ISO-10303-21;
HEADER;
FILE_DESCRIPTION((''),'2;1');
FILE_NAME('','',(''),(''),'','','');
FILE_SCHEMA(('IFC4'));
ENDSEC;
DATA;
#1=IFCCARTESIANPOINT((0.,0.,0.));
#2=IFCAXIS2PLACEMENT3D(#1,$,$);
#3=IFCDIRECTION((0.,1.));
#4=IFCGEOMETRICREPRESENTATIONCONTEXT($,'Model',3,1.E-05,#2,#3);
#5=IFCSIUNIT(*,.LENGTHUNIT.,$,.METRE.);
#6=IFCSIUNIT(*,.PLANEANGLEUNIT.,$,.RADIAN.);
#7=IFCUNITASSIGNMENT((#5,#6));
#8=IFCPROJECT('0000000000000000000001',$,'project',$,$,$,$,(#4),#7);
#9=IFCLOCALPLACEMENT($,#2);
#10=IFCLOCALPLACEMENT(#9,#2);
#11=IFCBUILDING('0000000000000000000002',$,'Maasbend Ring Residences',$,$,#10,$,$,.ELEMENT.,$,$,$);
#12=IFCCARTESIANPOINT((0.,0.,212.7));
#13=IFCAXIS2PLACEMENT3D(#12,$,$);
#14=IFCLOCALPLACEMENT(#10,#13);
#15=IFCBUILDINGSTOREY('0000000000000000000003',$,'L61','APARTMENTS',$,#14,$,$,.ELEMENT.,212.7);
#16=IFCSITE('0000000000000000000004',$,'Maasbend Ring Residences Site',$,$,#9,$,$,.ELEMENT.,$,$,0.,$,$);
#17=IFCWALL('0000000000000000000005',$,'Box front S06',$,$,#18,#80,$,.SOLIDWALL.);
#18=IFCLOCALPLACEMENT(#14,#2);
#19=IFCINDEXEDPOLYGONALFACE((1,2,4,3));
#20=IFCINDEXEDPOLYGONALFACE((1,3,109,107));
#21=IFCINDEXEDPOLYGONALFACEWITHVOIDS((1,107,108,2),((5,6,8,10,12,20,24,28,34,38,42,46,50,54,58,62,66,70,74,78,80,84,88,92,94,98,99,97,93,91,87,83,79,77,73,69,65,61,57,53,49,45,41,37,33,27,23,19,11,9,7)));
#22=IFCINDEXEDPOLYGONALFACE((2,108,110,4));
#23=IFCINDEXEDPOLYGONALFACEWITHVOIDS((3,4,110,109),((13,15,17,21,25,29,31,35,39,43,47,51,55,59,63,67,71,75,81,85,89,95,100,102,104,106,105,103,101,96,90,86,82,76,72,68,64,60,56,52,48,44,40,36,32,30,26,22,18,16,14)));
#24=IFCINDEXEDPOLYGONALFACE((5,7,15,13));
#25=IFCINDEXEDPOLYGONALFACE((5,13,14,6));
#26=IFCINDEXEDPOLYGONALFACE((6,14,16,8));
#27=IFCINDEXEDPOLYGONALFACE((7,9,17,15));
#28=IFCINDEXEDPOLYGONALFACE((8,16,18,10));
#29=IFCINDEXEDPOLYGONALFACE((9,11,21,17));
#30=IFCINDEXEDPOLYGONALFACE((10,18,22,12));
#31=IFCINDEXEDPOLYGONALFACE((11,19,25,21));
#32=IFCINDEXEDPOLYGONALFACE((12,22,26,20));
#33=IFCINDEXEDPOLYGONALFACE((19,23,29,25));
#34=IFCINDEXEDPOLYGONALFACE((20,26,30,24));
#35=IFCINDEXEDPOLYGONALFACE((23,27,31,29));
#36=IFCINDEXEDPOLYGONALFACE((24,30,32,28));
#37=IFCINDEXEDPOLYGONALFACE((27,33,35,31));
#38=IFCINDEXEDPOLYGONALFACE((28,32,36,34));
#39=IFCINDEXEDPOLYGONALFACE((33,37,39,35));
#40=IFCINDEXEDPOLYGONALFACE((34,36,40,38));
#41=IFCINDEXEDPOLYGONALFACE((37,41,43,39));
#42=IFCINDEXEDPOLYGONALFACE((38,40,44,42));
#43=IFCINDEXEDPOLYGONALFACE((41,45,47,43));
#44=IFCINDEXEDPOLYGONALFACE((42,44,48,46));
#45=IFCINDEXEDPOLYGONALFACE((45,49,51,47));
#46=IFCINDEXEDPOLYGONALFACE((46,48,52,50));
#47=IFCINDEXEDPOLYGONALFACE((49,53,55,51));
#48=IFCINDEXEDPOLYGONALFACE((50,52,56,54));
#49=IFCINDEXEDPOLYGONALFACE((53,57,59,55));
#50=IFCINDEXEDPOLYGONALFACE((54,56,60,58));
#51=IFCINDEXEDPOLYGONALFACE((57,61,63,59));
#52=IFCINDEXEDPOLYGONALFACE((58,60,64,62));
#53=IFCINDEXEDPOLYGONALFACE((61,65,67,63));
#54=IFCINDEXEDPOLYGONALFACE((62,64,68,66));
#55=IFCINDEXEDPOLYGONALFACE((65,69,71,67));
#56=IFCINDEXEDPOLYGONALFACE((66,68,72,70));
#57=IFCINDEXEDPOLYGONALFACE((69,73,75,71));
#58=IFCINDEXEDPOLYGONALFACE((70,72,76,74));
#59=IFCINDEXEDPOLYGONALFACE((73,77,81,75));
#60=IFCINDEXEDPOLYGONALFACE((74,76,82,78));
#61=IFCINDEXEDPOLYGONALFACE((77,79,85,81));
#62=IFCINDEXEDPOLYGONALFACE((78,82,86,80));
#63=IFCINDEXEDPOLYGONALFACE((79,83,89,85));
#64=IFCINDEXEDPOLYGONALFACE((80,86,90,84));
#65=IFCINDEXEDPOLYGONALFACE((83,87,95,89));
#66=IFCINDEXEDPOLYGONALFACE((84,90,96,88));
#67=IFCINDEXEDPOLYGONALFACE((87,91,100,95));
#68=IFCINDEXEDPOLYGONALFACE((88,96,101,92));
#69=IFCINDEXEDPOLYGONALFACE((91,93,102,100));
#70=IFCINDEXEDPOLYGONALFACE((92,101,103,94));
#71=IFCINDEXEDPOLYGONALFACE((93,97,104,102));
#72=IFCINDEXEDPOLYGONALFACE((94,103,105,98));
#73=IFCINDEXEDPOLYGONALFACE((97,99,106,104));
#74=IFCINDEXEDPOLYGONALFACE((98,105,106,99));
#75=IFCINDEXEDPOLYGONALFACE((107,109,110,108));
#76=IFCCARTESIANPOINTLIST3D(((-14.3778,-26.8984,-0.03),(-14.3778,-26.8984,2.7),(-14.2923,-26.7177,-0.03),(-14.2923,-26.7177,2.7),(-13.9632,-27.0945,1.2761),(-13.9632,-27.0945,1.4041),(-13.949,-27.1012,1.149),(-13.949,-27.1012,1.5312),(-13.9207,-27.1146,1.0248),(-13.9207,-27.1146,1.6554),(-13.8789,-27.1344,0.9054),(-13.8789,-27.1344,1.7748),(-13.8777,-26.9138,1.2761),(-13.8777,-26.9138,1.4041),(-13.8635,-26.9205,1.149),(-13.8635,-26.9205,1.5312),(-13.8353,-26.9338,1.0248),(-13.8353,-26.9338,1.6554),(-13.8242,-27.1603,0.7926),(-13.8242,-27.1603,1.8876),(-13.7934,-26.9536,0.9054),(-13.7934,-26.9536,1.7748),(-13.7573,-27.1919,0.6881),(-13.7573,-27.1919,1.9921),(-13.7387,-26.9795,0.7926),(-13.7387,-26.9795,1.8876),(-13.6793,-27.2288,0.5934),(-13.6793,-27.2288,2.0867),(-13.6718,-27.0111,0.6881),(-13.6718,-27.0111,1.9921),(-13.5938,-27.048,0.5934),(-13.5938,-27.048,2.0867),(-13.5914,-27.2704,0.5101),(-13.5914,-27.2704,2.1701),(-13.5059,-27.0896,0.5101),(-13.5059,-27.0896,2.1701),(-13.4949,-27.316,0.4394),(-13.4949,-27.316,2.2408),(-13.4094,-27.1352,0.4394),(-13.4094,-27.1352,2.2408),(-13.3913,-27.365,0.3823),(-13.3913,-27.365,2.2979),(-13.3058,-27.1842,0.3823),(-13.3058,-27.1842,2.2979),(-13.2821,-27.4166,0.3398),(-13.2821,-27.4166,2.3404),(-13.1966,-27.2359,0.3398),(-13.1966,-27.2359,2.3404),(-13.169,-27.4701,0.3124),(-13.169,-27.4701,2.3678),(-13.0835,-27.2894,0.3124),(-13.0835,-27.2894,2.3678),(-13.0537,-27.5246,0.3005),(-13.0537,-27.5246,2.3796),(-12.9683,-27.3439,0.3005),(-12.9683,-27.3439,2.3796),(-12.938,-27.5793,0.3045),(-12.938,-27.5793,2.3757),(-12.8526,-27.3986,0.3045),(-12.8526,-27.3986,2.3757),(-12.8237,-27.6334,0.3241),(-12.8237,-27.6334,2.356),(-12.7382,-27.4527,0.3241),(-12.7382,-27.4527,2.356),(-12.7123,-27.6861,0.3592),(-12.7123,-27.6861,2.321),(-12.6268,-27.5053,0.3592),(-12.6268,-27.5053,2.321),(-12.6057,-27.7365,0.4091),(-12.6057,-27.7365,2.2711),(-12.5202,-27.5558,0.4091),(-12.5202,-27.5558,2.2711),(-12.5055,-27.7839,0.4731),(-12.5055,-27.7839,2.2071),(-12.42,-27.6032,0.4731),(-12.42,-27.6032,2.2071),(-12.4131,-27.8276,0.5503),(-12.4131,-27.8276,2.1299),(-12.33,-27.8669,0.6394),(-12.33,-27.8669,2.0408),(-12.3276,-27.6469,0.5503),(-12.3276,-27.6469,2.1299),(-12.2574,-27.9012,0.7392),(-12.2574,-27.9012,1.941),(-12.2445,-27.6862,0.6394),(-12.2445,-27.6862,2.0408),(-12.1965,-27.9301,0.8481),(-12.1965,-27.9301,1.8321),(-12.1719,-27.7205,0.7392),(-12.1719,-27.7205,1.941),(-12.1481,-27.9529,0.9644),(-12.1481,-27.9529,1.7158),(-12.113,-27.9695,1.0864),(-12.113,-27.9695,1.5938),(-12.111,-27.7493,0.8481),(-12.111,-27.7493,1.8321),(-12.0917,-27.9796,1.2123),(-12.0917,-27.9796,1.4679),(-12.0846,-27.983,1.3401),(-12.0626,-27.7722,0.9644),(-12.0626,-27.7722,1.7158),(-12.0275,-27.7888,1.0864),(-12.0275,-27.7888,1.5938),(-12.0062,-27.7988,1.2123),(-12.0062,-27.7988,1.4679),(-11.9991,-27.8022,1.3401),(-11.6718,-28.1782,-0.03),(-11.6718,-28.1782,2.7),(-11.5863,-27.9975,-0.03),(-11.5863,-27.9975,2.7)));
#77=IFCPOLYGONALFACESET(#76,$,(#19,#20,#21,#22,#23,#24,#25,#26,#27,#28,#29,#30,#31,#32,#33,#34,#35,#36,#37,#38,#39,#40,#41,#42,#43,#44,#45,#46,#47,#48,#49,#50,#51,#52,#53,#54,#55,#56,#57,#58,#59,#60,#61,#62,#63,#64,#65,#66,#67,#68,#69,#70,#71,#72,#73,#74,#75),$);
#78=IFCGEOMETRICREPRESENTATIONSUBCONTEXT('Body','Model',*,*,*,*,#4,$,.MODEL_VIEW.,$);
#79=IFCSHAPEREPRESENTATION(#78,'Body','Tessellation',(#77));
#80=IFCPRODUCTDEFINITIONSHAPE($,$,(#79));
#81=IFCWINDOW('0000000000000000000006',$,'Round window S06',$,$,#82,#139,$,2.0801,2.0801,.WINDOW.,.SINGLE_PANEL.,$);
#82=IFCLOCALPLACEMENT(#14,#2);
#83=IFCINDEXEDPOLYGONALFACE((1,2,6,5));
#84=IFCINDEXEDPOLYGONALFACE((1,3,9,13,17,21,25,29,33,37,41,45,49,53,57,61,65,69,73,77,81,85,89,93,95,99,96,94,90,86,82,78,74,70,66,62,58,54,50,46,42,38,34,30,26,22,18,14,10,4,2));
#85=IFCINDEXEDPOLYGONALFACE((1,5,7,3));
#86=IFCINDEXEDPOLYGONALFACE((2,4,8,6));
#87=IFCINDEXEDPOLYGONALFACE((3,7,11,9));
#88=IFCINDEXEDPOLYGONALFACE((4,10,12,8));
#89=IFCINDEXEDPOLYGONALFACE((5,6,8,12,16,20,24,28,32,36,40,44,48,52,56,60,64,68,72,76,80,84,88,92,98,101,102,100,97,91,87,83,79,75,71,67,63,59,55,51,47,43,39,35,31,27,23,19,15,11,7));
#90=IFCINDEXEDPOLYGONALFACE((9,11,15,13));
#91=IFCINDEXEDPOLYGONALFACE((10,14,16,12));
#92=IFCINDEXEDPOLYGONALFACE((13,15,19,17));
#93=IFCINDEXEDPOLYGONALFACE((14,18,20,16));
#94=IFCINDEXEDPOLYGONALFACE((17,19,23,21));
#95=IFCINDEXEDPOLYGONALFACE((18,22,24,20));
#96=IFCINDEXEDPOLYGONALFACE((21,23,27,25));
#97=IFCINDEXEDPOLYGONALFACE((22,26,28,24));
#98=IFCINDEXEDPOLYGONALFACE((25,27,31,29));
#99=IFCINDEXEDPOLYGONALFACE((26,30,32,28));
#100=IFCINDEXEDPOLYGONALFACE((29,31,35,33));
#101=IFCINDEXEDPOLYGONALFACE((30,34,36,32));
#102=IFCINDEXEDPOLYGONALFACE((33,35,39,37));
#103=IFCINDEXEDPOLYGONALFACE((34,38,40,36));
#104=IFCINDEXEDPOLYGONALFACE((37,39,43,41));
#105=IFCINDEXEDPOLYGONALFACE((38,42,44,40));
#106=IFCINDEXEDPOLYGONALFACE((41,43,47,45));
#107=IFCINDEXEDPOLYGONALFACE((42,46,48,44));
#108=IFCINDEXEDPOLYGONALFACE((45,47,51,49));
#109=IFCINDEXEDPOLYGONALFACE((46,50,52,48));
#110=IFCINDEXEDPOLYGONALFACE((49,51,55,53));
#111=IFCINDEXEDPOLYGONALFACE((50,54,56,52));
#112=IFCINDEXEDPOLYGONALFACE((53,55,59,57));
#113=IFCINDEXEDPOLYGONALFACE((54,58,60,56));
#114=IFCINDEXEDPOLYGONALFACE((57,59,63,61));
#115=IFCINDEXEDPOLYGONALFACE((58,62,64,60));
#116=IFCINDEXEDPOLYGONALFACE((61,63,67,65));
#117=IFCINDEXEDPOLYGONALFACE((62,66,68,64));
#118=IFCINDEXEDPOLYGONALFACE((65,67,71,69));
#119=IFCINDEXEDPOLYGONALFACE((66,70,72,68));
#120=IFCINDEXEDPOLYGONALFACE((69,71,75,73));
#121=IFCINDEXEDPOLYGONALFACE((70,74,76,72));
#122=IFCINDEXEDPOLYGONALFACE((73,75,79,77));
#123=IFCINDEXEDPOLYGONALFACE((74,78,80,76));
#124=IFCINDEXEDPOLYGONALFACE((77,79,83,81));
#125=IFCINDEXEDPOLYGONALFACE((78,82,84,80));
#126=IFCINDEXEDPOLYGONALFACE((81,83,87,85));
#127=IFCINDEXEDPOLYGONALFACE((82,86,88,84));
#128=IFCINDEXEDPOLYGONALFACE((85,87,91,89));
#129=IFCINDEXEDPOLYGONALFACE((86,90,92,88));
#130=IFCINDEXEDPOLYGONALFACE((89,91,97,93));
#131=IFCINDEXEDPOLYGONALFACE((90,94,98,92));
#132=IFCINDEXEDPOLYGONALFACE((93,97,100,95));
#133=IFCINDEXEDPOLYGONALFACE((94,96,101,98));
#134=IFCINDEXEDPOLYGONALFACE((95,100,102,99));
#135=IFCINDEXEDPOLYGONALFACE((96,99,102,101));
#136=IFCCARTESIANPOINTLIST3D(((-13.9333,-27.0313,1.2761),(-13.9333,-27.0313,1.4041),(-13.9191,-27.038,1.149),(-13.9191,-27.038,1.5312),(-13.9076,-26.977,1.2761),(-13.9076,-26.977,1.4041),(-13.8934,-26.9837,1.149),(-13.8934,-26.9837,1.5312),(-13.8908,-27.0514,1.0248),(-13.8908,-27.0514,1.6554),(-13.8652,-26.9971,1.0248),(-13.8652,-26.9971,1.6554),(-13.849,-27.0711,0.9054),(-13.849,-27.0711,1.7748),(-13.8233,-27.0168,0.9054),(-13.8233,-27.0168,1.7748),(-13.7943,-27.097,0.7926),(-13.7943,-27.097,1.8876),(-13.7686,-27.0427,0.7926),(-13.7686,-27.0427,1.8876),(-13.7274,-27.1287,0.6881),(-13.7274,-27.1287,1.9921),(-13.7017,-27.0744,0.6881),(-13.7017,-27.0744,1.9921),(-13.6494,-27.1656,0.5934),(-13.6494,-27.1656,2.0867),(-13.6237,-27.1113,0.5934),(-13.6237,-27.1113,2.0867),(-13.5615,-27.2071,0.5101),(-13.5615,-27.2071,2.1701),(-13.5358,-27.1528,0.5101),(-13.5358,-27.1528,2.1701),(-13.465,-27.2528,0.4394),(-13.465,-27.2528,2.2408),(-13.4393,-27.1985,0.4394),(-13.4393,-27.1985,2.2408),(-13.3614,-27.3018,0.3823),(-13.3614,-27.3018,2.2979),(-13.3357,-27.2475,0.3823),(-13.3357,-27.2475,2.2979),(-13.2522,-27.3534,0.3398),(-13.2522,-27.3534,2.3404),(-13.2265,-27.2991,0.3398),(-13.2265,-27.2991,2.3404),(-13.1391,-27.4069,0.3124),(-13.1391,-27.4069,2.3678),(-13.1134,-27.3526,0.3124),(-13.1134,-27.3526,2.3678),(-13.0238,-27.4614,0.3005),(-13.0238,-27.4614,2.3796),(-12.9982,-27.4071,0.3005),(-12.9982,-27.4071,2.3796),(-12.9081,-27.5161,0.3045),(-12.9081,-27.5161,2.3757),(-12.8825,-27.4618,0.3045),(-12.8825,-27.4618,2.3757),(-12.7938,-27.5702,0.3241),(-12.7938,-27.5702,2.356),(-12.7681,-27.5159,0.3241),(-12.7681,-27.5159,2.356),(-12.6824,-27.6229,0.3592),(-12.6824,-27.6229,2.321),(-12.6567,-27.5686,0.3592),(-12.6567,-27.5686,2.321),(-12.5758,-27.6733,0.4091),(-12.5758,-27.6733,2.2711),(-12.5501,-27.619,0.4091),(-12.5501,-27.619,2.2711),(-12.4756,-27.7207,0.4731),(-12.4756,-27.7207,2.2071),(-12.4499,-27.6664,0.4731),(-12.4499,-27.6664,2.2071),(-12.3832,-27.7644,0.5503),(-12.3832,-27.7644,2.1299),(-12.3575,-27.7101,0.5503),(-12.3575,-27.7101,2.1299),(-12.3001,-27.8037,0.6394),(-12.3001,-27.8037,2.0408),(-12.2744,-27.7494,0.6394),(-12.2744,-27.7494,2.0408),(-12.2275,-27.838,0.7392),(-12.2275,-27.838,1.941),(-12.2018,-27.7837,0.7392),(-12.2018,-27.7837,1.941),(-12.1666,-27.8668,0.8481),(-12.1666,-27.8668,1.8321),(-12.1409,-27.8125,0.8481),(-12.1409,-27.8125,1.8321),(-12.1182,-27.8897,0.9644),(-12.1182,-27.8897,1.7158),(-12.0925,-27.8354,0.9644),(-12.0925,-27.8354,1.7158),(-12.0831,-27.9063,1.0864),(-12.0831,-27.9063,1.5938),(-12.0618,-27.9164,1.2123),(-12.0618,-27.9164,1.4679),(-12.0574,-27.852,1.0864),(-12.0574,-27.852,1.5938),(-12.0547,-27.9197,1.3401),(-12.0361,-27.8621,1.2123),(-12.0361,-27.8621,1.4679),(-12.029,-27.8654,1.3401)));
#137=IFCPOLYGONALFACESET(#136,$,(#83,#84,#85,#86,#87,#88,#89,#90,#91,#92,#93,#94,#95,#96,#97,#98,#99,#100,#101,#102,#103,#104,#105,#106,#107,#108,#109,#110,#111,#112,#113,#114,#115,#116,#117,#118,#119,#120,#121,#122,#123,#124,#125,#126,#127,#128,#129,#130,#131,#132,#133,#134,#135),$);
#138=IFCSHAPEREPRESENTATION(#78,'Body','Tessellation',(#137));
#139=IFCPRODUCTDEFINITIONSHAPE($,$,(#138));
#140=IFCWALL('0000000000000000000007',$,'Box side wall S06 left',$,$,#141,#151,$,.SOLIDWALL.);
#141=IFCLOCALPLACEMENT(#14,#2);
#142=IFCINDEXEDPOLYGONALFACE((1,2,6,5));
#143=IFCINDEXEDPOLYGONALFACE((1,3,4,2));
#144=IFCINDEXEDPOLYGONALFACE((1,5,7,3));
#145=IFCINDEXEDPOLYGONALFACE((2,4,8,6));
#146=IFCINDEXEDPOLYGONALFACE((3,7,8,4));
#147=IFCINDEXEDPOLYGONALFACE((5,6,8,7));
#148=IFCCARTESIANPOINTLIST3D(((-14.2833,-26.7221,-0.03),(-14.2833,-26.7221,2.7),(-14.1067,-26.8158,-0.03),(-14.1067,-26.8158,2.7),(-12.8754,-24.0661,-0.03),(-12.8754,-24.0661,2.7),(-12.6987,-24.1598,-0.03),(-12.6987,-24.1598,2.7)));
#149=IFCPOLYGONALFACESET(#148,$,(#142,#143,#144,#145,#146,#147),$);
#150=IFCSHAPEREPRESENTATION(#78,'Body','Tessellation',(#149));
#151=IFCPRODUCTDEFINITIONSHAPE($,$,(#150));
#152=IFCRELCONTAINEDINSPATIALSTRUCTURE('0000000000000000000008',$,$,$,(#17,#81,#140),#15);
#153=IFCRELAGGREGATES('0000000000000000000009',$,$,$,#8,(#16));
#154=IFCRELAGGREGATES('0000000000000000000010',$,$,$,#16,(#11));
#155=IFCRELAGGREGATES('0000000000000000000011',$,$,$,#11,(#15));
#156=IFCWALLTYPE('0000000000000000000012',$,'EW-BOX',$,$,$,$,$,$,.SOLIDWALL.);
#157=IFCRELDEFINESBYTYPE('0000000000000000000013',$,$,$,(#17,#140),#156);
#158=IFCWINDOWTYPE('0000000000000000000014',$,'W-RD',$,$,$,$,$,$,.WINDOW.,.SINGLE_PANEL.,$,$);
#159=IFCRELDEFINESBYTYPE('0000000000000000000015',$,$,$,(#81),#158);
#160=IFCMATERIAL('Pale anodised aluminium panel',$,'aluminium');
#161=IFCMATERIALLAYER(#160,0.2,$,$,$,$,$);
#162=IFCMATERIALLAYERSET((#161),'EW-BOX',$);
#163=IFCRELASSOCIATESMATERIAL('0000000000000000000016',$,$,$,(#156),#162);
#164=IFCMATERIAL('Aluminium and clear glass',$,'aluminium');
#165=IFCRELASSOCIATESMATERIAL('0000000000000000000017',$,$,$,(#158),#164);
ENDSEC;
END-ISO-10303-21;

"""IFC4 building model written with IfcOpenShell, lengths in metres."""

from ifc_helpers import new_model, si_unit, direction, frame, frame_2d, origin, place, context, subcontext, project, spatial, rectangle, circle, extrude, material, layer, layer_set, type_object, element, fill, save


model = new_model("IFC4")

# Units and contexts
model_context = context("Model", 3, precision=1e-05, world=origin(), true_north=direction((0.0, 1.0)))
body_context = subcontext(model_context, "Body", "Model", "MODEL_VIEW")
ifc_project = project(units=[si_unit("LENGTHUNIT", "METRE"), si_unit("PLANEANGLEUNIT", "RADIAN")], contexts=[model_context])

# Site, building, storey
site_placement = place(None, origin())
site = spatial("IfcSite", under=ifc_project, at=site_placement, Name="Maasbend Ring Residences Site", CompositionType="ELEMENT", RefElevation=0.0)
building_placement = place(site_placement, origin())
building = spatial("IfcBuilding", under=site, at=building_placement, Name="Maasbend Ring Residences", CompositionType="ELEMENT")
storey_placement = place(building_placement, frame((0.0, 0.0, 212.7)))
storey = spatial("IfcBuildingStorey", under=building, at=storey_placement, Name="L61", Description="APARTMENTS", CompositionType="ELEMENT", Elevation=212.7)

# Wall, opening, window
ifc_material_1 = material(Name="Pale anodised aluminium panel", Category="aluminium")
ifc_layer_1 = layer(ifc_material_1, 0.2)
ifc_layer_set_1 = layer_set([ifc_layer_1], Name="EW-BOX")
wall_type_1 = type_object("IfcWallType", Name="EW-BOX", PredefinedType="SOLIDWALL", material=ifc_layer_set_1)
wall_1_placement = place(storey_placement, frame((-14.335, -26.8081, -0.03), z_axis=(0.0, 0.0, 1.0), x_axis=(0.904, -0.427532, 0.0)))
wall_1 = element("IfcWall", 1, at=wall_1_placement, inside=storey, type_object=wall_type_1, Name="Box front S06", PredefinedType="SOLIDWALL", context=body_context, shape_type="SweptSolid", body=[
    extrude(rectangle(XDim=2.9934, YDim=0.2, at=frame_2d((1.4966, 0.0))), origin(), (0.0, 0.0, 1.0), 2.73),
])
opening_1_placement = place(wall_1_placement, frame((0.4565, 0.0, 0.3301)))
opening_1 = element("IfcOpeningElement", 2, at=opening_1_placement, cuts=wall_1, PredefinedType="OPENING", context=body_context, shape_type="SweptSolid", body=[
    extrude(circle(Radius=1.04, at=frame_2d((1.04, 1.04))), frame((0.0, 0.1099, 0.0), z_axis=(0.0, -1.0, 0.0), x_axis=(1.0, 0.0, 0.0)), (0.0, 0.0, 1.0), 0.22),
])
ifc_material_2 = material(Name="Aluminium and clear glass", Category="aluminium")
window_type_1 = type_object("IfcWindowType", Name="W-RD", PartitioningType="SINGLE_PANEL", PredefinedType="WINDOW", material=ifc_material_2)
window_1_placement = place(opening_1_placement, origin())
window_1 = element("IfcWindow", 3, at=window_1_placement, inside=storey, type_object=window_type_1, Name="Round window S06", OverallHeight=2.0801, OverallWidth=2.0801, PartitioningType="SINGLE_PANEL", PredefinedType="WINDOW", context=body_context, shape_type="SweptSolid", body=[
    extrude(circle(Radius=1.04, at=frame_2d((1.04, 1.04))), frame((0.0, 0.03, 0.0), z_axis=(0.0, -1.0, 0.0), x_axis=(1.0, 0.0, 0.0)), (0.0, 0.0, 1.0), 0.0601),
])
fill(opening_1, window_1)

# Wall
wall_2_placement = place(storey_placement, frame((-12.7871, -24.113, -0.03), z_axis=(0.0, 0.0, 1.0), x_axis=(-0.468365, -0.883535, 0.0)))
element("IfcWall", 4, at=wall_2_placement, inside=storey, type_object=wall_type_1, Name="Box side wall S06 left", PredefinedType="SOLIDWALL", context=body_context, shape_type="SweptSolid", body=[
    extrude(rectangle(XDim=3.0061, YDim=0.2, at=frame_2d((1.5029, 0.0))), origin(), (0.0, 0.0, 1.0), 2.73),
])

save(model, "model.ifc")
